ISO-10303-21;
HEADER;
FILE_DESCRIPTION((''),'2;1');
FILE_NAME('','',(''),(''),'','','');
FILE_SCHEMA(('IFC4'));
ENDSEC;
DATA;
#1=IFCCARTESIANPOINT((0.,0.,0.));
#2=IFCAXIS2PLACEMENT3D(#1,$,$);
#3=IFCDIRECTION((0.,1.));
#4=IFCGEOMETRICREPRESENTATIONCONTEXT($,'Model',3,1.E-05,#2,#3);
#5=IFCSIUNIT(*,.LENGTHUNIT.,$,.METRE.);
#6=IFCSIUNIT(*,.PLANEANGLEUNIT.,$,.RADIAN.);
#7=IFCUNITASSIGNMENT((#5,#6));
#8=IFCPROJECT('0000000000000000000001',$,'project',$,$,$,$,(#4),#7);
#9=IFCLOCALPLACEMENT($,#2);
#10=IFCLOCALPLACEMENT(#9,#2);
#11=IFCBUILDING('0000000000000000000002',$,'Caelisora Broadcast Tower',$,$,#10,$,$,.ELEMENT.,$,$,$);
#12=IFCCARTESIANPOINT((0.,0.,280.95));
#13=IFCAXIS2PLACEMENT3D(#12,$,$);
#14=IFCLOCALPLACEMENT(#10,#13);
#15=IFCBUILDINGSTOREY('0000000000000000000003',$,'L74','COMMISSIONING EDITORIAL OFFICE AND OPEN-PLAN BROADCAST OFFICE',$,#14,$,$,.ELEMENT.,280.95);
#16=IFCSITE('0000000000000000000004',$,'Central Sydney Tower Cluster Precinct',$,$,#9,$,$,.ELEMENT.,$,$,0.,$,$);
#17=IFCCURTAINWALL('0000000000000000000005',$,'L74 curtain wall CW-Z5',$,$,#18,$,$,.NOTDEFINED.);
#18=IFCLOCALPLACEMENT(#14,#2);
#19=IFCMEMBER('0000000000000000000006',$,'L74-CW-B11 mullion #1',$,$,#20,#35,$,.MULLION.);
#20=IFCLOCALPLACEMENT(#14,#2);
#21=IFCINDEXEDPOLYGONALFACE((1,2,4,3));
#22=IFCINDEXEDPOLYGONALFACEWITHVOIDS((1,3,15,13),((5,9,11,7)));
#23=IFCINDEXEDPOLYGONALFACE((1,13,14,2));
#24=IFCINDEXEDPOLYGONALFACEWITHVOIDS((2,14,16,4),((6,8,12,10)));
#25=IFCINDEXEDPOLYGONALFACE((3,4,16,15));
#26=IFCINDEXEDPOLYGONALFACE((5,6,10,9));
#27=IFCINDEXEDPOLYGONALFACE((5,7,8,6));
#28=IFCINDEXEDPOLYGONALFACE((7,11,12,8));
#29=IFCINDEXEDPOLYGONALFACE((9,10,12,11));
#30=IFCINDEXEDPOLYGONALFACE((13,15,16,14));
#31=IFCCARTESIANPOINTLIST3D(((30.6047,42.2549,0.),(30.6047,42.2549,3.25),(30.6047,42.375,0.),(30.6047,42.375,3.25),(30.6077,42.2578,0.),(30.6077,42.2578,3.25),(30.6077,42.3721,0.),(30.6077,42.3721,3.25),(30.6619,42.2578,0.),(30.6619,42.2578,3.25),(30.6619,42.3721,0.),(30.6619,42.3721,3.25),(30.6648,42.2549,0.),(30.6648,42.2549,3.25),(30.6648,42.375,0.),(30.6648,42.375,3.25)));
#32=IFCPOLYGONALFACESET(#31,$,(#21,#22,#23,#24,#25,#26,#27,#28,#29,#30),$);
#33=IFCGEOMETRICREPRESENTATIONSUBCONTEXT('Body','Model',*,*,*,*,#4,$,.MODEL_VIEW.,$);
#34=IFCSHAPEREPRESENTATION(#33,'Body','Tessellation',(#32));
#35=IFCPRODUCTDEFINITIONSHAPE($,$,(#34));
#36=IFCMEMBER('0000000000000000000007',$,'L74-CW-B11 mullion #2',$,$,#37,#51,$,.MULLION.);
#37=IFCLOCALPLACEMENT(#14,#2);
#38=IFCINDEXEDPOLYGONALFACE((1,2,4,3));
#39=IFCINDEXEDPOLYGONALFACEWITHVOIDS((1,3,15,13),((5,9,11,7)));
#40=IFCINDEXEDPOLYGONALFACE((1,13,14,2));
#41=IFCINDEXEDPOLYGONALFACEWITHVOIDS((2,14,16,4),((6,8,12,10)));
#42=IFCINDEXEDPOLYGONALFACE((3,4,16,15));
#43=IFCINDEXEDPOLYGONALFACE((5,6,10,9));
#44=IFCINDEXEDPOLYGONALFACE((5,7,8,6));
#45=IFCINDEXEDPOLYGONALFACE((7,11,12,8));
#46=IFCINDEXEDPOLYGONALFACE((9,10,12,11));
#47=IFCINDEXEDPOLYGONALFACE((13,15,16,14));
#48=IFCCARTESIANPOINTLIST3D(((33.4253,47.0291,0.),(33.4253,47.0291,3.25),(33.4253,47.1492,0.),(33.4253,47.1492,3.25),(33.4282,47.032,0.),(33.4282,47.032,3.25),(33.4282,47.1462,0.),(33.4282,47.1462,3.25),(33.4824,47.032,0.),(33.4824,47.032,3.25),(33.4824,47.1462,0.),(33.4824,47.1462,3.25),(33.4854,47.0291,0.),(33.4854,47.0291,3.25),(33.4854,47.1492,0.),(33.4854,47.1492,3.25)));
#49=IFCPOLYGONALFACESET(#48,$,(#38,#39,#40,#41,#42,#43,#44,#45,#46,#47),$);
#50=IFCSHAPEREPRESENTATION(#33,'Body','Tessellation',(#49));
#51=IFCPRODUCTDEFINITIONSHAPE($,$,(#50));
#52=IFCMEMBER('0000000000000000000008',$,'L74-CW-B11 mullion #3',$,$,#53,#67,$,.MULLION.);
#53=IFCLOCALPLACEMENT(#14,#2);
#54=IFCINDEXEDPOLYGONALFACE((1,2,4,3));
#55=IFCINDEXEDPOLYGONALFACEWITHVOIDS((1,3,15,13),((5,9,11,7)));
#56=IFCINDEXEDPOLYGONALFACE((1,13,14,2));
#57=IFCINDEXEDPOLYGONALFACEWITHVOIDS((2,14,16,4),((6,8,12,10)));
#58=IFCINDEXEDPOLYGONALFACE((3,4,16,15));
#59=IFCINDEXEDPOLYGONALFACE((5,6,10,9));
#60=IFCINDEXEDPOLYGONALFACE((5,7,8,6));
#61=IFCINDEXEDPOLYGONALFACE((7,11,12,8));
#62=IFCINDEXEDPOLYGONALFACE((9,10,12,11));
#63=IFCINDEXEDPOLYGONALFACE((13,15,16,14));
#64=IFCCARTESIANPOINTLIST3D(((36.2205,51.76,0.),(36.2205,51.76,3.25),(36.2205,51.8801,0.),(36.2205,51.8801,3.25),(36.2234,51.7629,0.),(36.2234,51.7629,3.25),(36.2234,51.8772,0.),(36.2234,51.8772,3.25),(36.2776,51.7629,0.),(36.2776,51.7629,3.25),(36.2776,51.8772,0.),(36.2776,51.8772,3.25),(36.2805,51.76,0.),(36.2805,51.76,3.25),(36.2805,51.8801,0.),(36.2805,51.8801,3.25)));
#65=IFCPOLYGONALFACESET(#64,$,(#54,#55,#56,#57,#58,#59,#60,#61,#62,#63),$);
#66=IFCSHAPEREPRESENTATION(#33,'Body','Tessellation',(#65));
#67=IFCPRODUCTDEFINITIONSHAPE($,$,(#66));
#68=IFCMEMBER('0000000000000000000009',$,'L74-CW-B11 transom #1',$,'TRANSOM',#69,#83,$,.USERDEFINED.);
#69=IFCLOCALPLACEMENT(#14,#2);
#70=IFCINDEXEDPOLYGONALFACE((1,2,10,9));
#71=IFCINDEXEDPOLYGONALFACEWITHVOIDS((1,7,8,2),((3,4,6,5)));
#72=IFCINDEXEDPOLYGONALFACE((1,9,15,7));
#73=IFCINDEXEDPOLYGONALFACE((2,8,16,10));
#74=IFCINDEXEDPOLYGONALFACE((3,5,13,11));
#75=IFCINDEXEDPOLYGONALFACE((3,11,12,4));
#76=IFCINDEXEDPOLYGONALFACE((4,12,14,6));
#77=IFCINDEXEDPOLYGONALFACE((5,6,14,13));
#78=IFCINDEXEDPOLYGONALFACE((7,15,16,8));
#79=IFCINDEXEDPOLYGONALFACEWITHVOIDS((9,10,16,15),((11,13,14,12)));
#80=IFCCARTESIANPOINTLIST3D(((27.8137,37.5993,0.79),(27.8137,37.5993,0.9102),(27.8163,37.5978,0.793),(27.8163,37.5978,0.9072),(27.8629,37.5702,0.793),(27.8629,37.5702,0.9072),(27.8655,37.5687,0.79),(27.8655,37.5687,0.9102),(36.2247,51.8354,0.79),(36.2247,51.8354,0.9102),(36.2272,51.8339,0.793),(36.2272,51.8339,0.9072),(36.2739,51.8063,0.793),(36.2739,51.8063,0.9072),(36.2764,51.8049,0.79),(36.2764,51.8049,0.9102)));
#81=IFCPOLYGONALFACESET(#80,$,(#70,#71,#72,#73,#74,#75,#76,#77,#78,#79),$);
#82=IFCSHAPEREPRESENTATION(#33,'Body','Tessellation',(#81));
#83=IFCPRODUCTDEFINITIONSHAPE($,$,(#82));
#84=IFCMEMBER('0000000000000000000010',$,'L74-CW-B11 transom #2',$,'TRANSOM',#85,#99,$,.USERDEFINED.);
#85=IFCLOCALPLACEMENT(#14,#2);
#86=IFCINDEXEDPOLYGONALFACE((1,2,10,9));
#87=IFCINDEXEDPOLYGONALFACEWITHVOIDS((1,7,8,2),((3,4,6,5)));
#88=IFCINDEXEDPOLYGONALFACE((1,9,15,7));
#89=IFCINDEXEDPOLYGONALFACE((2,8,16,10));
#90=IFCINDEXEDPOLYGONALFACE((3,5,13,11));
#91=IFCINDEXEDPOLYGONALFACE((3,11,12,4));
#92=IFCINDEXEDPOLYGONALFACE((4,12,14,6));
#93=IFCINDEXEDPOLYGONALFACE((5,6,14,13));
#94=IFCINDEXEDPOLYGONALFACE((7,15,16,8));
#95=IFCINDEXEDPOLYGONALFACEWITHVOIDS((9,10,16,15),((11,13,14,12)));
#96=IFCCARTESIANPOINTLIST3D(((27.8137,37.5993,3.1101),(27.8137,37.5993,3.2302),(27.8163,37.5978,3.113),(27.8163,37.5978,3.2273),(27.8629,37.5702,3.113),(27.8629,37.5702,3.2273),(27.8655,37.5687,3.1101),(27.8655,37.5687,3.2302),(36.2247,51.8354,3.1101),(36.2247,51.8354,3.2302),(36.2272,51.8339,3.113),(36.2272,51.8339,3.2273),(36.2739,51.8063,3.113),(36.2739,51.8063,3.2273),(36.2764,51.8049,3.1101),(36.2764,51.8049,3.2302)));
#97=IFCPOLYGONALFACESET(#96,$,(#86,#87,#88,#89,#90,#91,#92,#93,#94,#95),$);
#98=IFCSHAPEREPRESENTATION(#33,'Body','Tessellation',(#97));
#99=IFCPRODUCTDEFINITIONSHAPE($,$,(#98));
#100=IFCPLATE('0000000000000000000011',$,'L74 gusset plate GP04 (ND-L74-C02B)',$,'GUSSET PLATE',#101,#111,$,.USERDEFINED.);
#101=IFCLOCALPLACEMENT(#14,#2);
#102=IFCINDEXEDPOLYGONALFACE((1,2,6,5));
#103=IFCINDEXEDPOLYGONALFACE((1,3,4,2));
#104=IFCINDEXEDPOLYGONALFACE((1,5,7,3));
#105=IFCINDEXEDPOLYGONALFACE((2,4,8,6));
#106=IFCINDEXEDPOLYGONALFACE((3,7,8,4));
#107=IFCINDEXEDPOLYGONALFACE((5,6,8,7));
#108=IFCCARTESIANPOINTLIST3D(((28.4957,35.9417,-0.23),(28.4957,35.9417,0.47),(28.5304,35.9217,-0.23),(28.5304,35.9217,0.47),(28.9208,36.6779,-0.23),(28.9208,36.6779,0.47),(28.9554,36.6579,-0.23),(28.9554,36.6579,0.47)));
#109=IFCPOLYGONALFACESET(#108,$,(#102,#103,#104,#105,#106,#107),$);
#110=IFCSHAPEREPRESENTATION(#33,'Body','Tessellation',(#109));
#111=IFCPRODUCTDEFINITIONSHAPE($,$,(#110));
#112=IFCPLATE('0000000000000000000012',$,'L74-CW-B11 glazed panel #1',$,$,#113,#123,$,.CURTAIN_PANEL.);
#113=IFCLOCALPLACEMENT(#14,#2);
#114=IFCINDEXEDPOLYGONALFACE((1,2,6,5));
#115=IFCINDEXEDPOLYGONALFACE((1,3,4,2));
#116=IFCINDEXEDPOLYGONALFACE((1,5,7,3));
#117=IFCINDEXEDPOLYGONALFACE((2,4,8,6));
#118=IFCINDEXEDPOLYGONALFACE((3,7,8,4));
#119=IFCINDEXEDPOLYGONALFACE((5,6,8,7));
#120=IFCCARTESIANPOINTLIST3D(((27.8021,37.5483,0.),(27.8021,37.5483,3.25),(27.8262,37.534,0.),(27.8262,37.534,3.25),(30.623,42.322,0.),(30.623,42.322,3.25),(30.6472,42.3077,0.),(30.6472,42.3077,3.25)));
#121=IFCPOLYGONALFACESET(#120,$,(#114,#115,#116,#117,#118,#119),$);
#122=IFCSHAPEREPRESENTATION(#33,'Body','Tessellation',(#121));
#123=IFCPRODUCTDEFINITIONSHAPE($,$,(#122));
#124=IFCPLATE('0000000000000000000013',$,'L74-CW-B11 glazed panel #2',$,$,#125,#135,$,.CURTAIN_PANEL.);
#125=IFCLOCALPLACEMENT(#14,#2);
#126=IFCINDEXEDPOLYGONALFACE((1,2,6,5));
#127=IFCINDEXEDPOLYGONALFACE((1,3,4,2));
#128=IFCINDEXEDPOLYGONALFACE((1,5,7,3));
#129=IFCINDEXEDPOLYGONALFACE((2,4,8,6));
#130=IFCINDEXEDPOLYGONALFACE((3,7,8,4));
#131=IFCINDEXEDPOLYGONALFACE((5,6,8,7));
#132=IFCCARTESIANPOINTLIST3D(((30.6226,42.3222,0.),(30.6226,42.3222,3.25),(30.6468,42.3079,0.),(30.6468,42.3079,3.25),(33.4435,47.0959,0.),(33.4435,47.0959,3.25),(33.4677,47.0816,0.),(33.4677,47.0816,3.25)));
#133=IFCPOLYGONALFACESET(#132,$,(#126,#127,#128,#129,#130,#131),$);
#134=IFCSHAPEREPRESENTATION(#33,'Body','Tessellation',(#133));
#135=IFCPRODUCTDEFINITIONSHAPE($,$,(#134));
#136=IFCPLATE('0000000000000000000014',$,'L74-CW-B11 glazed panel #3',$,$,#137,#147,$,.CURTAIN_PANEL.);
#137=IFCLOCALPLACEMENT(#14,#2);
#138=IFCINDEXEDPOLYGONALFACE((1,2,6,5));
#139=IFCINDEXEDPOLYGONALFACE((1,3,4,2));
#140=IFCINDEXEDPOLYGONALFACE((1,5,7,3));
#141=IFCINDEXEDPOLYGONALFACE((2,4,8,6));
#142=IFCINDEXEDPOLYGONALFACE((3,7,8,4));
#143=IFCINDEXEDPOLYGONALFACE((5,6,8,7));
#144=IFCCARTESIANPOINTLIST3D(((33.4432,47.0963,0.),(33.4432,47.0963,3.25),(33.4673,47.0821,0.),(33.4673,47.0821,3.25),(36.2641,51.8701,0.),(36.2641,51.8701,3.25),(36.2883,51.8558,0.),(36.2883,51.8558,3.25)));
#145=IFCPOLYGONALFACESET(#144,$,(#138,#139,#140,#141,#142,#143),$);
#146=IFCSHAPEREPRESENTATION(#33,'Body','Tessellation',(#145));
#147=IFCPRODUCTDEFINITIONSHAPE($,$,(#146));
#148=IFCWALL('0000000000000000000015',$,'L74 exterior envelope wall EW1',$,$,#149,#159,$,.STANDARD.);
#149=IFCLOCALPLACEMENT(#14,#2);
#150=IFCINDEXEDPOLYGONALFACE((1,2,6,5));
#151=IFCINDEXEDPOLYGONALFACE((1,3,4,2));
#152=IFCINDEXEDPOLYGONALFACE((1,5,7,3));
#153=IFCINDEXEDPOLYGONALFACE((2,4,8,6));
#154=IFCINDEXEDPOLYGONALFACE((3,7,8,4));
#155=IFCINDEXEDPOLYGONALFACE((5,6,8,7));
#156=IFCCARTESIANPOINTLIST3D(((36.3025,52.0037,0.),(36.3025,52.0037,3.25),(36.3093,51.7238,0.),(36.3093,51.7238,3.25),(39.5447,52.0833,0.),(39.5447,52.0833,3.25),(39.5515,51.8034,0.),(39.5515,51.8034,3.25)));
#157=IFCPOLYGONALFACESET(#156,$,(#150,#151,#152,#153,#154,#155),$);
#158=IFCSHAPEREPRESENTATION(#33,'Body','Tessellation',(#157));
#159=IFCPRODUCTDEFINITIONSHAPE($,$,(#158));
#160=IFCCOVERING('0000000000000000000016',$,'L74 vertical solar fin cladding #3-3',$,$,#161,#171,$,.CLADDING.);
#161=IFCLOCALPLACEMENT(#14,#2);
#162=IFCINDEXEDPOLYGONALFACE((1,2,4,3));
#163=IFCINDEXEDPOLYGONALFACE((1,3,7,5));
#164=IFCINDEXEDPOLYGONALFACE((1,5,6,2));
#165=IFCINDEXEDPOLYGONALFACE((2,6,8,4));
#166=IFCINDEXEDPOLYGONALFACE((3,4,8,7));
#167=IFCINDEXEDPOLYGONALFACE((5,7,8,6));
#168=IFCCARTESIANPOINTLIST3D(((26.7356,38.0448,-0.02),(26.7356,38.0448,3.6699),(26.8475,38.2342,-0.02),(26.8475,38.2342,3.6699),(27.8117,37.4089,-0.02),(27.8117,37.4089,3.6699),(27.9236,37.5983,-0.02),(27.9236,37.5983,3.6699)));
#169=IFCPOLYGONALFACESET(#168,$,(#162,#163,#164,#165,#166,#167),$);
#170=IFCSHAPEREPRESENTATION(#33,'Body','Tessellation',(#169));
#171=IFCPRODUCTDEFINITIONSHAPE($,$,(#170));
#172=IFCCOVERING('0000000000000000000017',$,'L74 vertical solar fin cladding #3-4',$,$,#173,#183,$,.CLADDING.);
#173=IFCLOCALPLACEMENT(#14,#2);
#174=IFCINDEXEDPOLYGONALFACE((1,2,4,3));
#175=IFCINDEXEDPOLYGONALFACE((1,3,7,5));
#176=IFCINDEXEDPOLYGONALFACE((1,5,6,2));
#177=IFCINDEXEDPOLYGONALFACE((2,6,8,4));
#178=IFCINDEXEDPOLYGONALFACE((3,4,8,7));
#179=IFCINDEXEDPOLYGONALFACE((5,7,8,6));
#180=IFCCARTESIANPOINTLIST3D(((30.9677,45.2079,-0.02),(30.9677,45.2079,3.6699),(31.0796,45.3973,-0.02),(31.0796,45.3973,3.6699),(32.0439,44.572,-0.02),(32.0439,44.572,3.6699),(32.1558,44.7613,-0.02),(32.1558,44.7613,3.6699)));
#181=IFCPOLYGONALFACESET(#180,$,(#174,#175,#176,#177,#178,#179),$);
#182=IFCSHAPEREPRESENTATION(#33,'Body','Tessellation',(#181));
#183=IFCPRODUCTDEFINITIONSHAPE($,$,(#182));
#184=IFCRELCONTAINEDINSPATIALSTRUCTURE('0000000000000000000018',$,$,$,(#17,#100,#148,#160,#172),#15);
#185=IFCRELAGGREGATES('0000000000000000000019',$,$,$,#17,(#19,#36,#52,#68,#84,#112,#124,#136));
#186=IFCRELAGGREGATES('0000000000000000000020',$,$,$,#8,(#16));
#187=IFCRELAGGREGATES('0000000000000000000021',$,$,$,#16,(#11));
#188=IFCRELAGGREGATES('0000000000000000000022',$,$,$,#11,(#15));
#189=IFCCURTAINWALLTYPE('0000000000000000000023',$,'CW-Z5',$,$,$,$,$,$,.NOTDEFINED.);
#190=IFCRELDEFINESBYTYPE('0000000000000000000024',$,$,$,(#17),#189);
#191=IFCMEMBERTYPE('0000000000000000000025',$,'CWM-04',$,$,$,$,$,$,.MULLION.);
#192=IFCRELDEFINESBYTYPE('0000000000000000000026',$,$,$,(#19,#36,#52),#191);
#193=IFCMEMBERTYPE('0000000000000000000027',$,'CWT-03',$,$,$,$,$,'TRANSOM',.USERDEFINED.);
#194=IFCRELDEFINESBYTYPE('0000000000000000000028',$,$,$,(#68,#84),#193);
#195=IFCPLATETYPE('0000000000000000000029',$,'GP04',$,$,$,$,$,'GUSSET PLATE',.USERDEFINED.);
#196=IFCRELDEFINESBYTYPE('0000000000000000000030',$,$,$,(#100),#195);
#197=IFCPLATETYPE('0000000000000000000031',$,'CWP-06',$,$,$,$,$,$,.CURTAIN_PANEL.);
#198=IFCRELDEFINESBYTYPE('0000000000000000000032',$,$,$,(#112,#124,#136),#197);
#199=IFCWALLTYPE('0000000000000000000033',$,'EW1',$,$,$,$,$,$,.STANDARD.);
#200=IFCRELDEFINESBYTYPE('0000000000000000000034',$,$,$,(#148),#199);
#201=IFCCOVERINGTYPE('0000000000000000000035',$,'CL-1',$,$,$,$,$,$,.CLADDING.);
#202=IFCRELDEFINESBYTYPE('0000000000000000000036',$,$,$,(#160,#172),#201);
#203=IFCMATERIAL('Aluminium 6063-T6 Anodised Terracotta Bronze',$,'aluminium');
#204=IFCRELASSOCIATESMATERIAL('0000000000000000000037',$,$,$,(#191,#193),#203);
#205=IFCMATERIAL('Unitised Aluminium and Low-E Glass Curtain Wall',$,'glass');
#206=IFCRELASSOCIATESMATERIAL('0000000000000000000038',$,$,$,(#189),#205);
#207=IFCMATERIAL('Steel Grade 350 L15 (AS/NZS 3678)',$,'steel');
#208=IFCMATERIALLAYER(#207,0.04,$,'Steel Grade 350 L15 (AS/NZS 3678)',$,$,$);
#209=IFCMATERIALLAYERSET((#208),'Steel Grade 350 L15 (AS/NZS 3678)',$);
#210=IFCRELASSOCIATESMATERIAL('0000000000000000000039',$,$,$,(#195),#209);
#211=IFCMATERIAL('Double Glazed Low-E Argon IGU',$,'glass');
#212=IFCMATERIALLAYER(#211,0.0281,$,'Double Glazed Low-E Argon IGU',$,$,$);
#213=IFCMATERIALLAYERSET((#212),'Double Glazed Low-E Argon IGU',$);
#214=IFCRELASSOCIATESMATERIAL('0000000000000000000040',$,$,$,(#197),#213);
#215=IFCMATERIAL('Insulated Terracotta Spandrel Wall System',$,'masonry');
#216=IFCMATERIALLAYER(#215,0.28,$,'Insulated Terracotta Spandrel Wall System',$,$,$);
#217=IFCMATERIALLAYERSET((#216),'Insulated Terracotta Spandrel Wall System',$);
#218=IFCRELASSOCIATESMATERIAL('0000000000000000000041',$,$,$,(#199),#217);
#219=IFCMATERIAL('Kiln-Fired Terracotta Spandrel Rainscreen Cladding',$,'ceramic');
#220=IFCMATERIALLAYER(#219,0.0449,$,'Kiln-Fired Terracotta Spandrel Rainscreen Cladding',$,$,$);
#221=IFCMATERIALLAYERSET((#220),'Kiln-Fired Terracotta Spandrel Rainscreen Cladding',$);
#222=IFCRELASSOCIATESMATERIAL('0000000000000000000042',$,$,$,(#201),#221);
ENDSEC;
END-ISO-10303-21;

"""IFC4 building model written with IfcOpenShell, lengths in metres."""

from ifc_helpers import new_model, si_unit, direction, frame, frame_2d, origin, origin_2d, place, context, subcontext, project, spatial, rectangle, hollow_rectangle, extrude, source, transform, mapped, material, layer, layer_set, material_profile, profile_set, type_object, type_shapes, element, aggregate, save


model = new_model("IFC4")

# Units and contexts
model_context = context("Model", 3, precision=1e-05, world=origin(), true_north=direction((0.0, 1.0)))
body_context = subcontext(model_context, "Body", "Model", "MODEL_VIEW")
ifc_project = project(units=[si_unit("LENGTHUNIT", "METRE"), si_unit("PLANEANGLEUNIT", "RADIAN")], contexts=[model_context])

# Site, building, storey
site_placement = place(None, origin())
site = spatial("IfcSite", under=ifc_project, at=site_placement, Name="Central Sydney Tower Cluster Precinct", CompositionType="ELEMENT", RefElevation=0.0)
building_placement = place(site_placement, origin())
building = spatial("IfcBuilding", under=site, at=building_placement, Name="Caelisora Broadcast Tower", CompositionType="ELEMENT")
storey_placement = place(building_placement, frame((0.0, 0.0, 280.95)))
storey = spatial("IfcBuildingStorey", under=building, at=storey_placement, Name="L74", Description="COMMISSIONING EDITORIAL OFFICE AND OPEN-PLAN BROADCAST OFFICE", CompositionType="ELEMENT", Elevation=280.95)

# Shared definitions
ifc_material_1 = material(Name="Steel Grade 350 L15 (AS/NZS 3678)", Category="steel")

# Shared definitions
ifc_material_2 = material(Name="Aluminium 6063-T6 Anodised Terracotta Bronze", Category="aluminium")
ifc_material_profile_1 = material_profile(ifc_material_2, hollow_rectangle(XDim=0.0601, YDim=0.1201, WallThickness=0.0029, at=origin_2d()), Name="Aluminium 6063-T6 Anodised Terracotta Bronze")
ifc_profile_set_1 = profile_set([ifc_material_profile_1], Name="Aluminium 6063-T6 Anodised Terracotta Bronze")
member_type_1 = type_object("IfcMemberType", Name="CWM-04", PredefinedType="MULLION", material=ifc_profile_set_1)
shared_shape_1 = source(origin(), body_context, "Body", "SweptSolid", [
    extrude(hollow_rectangle(XDim=0.0601, YDim=0.1201, WallThickness=0.0029, at=origin_2d()), origin(), (0.0, 0.0, 1.0), 3.25),
])
type_shapes(member_type_1, [shared_shape_1])

# Curtain wall, members
ifc_material_3 = material(Name="Unitised Aluminium and Low-E Glass Curtain Wall", Category="glass")
curtain_wall_type_1 = type_object("IfcCurtainWallType", Name="CW-Z5", PredefinedType="NOTDEFINED", material=ifc_material_3)
curtain_wall_1_placement = place(storey_placement, origin())
curtain_wall_1 = element("IfcCurtainWall", 1, at=curtain_wall_1_placement, inside=storey, type_object=curtain_wall_type_1, Name="L74 curtain wall CW-Z5", PredefinedType="NOTDEFINED")
member_1_placement = place(storey_placement, frame((30.6348, 42.3149, 0.0), z_axis=(0.0, 0.0, 1.0), x_axis=(1.0, 0.0, 0.0)))
member_1 = element("IfcMember", 2, at=member_1_placement, type_object=member_type_1, Name="L74-CW-B11 mullion #1", PredefinedType="MULLION", context=body_context, shape_type="MappedRepresentation", body=[
    mapped(shared_shape_1, transform((0.0, 0.0, 0.0), scale=1.0)),
])
member_2_placement = place(storey_placement, frame((33.4553, 47.0891, 0.0), z_axis=(0.0, 0.0, 1.0), x_axis=(1.0, 0.0, 0.0)))
member_2 = element("IfcMember", 3, at=member_2_placement, type_object=member_type_1, Name="L74-CW-B11 mullion #2", PredefinedType="MULLION", context=body_context, shape_type="MappedRepresentation", body=[
    mapped(shared_shape_1, transform((0.0, 0.0, 0.0), scale=1.0)),
])
member_3_placement = place(storey_placement, frame((36.2505, 51.8201, 0.0), z_axis=(0.0, 0.0, 1.0), x_axis=(1.0, 0.0, 0.0)))
member_3 = element("IfcMember", 4, at=member_3_placement, type_object=member_type_1, Name="L74-CW-B11 mullion #3", PredefinedType="MULLION", context=body_context, shape_type="MappedRepresentation", body=[
    mapped(shared_shape_1, transform((0.0, 0.0, 0.0), scale=1.0)),
])
ifc_material_profile_2 = material_profile(ifc_material_2, hollow_rectangle(XDim=0.0601, YDim=0.1201, WallThickness=0.0029, at=origin_2d()), Name="Aluminium 6063-T6 Anodised Terracotta Bronze")
ifc_profile_set_2 = profile_set([ifc_material_profile_2], Name="Aluminium 6063-T6 Anodised Terracotta Bronze")
member_type_2 = type_object("IfcMemberType", Name="CWT-03", ElementType="TRANSOM", PredefinedType="USERDEFINED", material=ifc_profile_set_2)
shared_shape_2 = source(origin(), body_context, "Body", "SweptSolid", [
    extrude(hollow_rectangle(XDim=0.0601, YDim=0.1201, WallThickness=0.0029, at=origin_2d()), origin(), (0.0, 0.0, 1.0), 16.5352),
])
type_shapes(member_type_2, [shared_shape_2])
member_4_placement = place(storey_placement, frame((27.8396, 37.584, 0.8501), z_axis=(0.508669, 0.860962, 0.0), x_axis=(-0.860962, 0.508669, 0.0)))
member_4 = element("IfcMember", 5, at=member_4_placement, type_object=member_type_2, Name="L74-CW-B11 transom #1", ObjectType="TRANSOM", PredefinedType="USERDEFINED", context=body_context, shape_type="MappedRepresentation", body=[
    mapped(shared_shape_2, transform((0.0, 0.0, 0.0), scale=1.0)),
])
member_5_placement = place(storey_placement, frame((27.8396, 37.584, 3.1702), z_axis=(0.508669, 0.860962, 0.0), x_axis=(-0.860962, 0.508669, 0.0)))
member_5 = element("IfcMember", 6, at=member_5_placement, type_object=member_type_2, Name="L74-CW-B11 transom #2", ObjectType="TRANSOM", PredefinedType="USERDEFINED", context=body_context, shape_type="MappedRepresentation", body=[
    mapped(shared_shape_2, transform((0.0, 0.0, 0.0), scale=1.0)),
])

# Plates
ifc_layer_1 = layer(ifc_material_1, 0.04, Name="Steel Grade 350 L15 (AS/NZS 3678)")
ifc_layer_set_1 = layer_set([ifc_layer_1], Name="Steel Grade 350 L15 (AS/NZS 3678)")
plate_type_1 = type_object("IfcPlateType", Name="GP04", ElementType="GUSSET PLATE", PredefinedType="USERDEFINED", material=ifc_layer_set_1)
shared_shape_3 = source(origin(), body_context, "Body", "SweptSolid", [
    extrude(rectangle(XDim=0.8501, YDim=0.04, at=origin_2d()), origin(), (0.0, 0.0, 1.0), 0.7),
])
type_shapes(plate_type_1, [shared_shape_3])
plate_1_placement = place(storey_placement, frame((28.7256, 36.2998, -0.23), z_axis=(0.0, 0.0, 1.0), x_axis=(-0.5, -0.866025, 0.0)))
element("IfcPlate", 7, at=plate_1_placement, inside=storey, type_object=plate_type_1, Name="L74 gusset plate GP04 (ND-L74-C02B)", ObjectType="GUSSET PLATE", PredefinedType="USERDEFINED", context=body_context, shape_type="MappedRepresentation", body=[
    mapped(shared_shape_3, transform((0.0, 0.0, 0.0), scale=1.0)),
])
ifc_material_4 = material(Name="Double Glazed Low-E Argon IGU", Category="glass")
ifc_layer_2 = layer(ifc_material_4, 0.0281, Name="Double Glazed Low-E Argon IGU")
ifc_layer_set_2 = layer_set([ifc_layer_2], Name="Double Glazed Low-E Argon IGU")
plate_type_2 = type_object("IfcPlateType", Name="CWP-06", PredefinedType="CURTAIN_PANEL", material=ifc_layer_set_2)
shared_shape_4 = source(origin(), body_context, "Body", "SweptSolid", [
    extrude(rectangle(XDim=5.5449, YDim=0.0281, at=origin_2d()), origin(), (0.0, 0.0, 1.0), 3.25),
])
type_shapes(plate_type_2, [shared_shape_4])
plate_2_placement = place(storey_placement, frame((29.2246, 39.928, 0.0), z_axis=(0.0, 0.0, 1.0), x_axis=(0.508741, 0.86092, 0.0)))
plate_2 = element("IfcPlate", 8, at=plate_2_placement, type_object=plate_type_2, Name="L74-CW-B11 glazed panel #1", PredefinedType="CURTAIN_PANEL", context=body_context, shape_type="MappedRepresentation", body=[
    mapped(shared_shape_4, transform((0.0, 0.0, 0.0), scale=1.0)),
])
plate_3_placement = place(storey_placement, frame((32.0452, 44.7019, 0.0), z_axis=(0.0, 0.0, 1.0), x_axis=(0.508741, 0.86092, 0.0)))
plate_3 = element("IfcPlate", 9, at=plate_3_placement, type_object=plate_type_2, Name="L74-CW-B11 glazed panel #2", PredefinedType="CURTAIN_PANEL", context=body_context, shape_type="MappedRepresentation", body=[
    mapped(shared_shape_4, transform((0.0, 0.0, 0.0), scale=1.0)),
])
plate_4_placement = place(storey_placement, frame((34.8657, 49.4761, 0.0), z_axis=(0.0, 0.0, 1.0), x_axis=(0.508741, 0.86092, 0.0)))
plate_4 = element("IfcPlate", 10, at=plate_4_placement, type_object=plate_type_2, Name="L74-CW-B11 glazed panel #3", PredefinedType="CURTAIN_PANEL", context=body_context, shape_type="MappedRepresentation", body=[
    mapped(shared_shape_4, transform((0.0, 0.0, 0.0), scale=1.0)),
])
aggregate(curtain_wall_1, [member_1, member_2, member_3, member_4, member_5, plate_2, plate_3, plate_4])

# Wall
ifc_material_5 = material(Name="Insulated Terracotta Spandrel Wall System", Category="masonry")
ifc_layer_3 = layer(ifc_material_5, 0.28, Name="Insulated Terracotta Spandrel Wall System")
ifc_layer_set_3 = layer_set([ifc_layer_3], Name="Insulated Terracotta Spandrel Wall System")
wall_type = type_object("IfcWallType", Name="EW1", PredefinedType="STANDARD", material=ifc_layer_set_3)
wall_placement = place(storey_placement, frame((36.3059, 51.8638, 0.0), z_axis=(0.0, 0.0, 1.0), x_axis=(0.999699, 0.024541, 0.0)))
element("IfcWall", 11, at=wall_placement, inside=storey, type_object=wall_type, Name="L74 exterior envelope wall EW1", PredefinedType="STANDARD", context=body_context, shape_type="SweptSolid", body=[
    extrude(rectangle(XDim=3.2432, YDim=0.28, at=frame_2d((1.6216, 0.0))), origin(), (0.0, 0.0, 1.0), 3.25),
])

# Coverings
ifc_material_6 = material(Name="Kiln-Fired Terracotta Spandrel Rainscreen Cladding", Category="ceramic")
ifc_layer_4 = layer(ifc_material_6, 0.0449, Name="Kiln-Fired Terracotta Spandrel Rainscreen Cladding")
ifc_layer_set_4 = layer_set([ifc_layer_4], Name="Kiln-Fired Terracotta Spandrel Rainscreen Cladding")
covering_type = type_object("IfcCoveringType", Name="CL-1", PredefinedType="CLADDING", material=ifc_layer_set_4)
shared_shape_5 = source(origin(), body_context, "Body", "SweptSolid", [
    extrude(rectangle(XDim=0.22, YDim=1.25, at=origin_2d()), origin(), (0.0, 0.0, 1.0), 3.6899),
])
type_shapes(covering_type, [shared_shape_5])
for number, where, z_axis, x_axis, name in (
    (12, (27.3296, 37.8215, -0.02), (0.0, 0.0, 1.0), (0.508741, 0.86092, 0.0), "L74 vertical solar fin cladding #3-3"),
    (13, (31.5618, 44.9846, -0.02), (0.0, 0.0, 1.0), (0.508741, 0.86092, 0.0), "L74 vertical solar fin cladding #3-4"),
):
    element("IfcCovering", number, at=place(storey_placement, frame(where, z_axis=z_axis, x_axis=x_axis)), inside=storey, type_object=covering_type, Name=name, PredefinedType="CLADDING", context=body_context, shape_type="MappedRepresentation", body=[
        mapped(shared_shape_5, transform((0.0, 0.0, 0.0), scale=1.0)),
    ])

save(model, "model.ifc")
